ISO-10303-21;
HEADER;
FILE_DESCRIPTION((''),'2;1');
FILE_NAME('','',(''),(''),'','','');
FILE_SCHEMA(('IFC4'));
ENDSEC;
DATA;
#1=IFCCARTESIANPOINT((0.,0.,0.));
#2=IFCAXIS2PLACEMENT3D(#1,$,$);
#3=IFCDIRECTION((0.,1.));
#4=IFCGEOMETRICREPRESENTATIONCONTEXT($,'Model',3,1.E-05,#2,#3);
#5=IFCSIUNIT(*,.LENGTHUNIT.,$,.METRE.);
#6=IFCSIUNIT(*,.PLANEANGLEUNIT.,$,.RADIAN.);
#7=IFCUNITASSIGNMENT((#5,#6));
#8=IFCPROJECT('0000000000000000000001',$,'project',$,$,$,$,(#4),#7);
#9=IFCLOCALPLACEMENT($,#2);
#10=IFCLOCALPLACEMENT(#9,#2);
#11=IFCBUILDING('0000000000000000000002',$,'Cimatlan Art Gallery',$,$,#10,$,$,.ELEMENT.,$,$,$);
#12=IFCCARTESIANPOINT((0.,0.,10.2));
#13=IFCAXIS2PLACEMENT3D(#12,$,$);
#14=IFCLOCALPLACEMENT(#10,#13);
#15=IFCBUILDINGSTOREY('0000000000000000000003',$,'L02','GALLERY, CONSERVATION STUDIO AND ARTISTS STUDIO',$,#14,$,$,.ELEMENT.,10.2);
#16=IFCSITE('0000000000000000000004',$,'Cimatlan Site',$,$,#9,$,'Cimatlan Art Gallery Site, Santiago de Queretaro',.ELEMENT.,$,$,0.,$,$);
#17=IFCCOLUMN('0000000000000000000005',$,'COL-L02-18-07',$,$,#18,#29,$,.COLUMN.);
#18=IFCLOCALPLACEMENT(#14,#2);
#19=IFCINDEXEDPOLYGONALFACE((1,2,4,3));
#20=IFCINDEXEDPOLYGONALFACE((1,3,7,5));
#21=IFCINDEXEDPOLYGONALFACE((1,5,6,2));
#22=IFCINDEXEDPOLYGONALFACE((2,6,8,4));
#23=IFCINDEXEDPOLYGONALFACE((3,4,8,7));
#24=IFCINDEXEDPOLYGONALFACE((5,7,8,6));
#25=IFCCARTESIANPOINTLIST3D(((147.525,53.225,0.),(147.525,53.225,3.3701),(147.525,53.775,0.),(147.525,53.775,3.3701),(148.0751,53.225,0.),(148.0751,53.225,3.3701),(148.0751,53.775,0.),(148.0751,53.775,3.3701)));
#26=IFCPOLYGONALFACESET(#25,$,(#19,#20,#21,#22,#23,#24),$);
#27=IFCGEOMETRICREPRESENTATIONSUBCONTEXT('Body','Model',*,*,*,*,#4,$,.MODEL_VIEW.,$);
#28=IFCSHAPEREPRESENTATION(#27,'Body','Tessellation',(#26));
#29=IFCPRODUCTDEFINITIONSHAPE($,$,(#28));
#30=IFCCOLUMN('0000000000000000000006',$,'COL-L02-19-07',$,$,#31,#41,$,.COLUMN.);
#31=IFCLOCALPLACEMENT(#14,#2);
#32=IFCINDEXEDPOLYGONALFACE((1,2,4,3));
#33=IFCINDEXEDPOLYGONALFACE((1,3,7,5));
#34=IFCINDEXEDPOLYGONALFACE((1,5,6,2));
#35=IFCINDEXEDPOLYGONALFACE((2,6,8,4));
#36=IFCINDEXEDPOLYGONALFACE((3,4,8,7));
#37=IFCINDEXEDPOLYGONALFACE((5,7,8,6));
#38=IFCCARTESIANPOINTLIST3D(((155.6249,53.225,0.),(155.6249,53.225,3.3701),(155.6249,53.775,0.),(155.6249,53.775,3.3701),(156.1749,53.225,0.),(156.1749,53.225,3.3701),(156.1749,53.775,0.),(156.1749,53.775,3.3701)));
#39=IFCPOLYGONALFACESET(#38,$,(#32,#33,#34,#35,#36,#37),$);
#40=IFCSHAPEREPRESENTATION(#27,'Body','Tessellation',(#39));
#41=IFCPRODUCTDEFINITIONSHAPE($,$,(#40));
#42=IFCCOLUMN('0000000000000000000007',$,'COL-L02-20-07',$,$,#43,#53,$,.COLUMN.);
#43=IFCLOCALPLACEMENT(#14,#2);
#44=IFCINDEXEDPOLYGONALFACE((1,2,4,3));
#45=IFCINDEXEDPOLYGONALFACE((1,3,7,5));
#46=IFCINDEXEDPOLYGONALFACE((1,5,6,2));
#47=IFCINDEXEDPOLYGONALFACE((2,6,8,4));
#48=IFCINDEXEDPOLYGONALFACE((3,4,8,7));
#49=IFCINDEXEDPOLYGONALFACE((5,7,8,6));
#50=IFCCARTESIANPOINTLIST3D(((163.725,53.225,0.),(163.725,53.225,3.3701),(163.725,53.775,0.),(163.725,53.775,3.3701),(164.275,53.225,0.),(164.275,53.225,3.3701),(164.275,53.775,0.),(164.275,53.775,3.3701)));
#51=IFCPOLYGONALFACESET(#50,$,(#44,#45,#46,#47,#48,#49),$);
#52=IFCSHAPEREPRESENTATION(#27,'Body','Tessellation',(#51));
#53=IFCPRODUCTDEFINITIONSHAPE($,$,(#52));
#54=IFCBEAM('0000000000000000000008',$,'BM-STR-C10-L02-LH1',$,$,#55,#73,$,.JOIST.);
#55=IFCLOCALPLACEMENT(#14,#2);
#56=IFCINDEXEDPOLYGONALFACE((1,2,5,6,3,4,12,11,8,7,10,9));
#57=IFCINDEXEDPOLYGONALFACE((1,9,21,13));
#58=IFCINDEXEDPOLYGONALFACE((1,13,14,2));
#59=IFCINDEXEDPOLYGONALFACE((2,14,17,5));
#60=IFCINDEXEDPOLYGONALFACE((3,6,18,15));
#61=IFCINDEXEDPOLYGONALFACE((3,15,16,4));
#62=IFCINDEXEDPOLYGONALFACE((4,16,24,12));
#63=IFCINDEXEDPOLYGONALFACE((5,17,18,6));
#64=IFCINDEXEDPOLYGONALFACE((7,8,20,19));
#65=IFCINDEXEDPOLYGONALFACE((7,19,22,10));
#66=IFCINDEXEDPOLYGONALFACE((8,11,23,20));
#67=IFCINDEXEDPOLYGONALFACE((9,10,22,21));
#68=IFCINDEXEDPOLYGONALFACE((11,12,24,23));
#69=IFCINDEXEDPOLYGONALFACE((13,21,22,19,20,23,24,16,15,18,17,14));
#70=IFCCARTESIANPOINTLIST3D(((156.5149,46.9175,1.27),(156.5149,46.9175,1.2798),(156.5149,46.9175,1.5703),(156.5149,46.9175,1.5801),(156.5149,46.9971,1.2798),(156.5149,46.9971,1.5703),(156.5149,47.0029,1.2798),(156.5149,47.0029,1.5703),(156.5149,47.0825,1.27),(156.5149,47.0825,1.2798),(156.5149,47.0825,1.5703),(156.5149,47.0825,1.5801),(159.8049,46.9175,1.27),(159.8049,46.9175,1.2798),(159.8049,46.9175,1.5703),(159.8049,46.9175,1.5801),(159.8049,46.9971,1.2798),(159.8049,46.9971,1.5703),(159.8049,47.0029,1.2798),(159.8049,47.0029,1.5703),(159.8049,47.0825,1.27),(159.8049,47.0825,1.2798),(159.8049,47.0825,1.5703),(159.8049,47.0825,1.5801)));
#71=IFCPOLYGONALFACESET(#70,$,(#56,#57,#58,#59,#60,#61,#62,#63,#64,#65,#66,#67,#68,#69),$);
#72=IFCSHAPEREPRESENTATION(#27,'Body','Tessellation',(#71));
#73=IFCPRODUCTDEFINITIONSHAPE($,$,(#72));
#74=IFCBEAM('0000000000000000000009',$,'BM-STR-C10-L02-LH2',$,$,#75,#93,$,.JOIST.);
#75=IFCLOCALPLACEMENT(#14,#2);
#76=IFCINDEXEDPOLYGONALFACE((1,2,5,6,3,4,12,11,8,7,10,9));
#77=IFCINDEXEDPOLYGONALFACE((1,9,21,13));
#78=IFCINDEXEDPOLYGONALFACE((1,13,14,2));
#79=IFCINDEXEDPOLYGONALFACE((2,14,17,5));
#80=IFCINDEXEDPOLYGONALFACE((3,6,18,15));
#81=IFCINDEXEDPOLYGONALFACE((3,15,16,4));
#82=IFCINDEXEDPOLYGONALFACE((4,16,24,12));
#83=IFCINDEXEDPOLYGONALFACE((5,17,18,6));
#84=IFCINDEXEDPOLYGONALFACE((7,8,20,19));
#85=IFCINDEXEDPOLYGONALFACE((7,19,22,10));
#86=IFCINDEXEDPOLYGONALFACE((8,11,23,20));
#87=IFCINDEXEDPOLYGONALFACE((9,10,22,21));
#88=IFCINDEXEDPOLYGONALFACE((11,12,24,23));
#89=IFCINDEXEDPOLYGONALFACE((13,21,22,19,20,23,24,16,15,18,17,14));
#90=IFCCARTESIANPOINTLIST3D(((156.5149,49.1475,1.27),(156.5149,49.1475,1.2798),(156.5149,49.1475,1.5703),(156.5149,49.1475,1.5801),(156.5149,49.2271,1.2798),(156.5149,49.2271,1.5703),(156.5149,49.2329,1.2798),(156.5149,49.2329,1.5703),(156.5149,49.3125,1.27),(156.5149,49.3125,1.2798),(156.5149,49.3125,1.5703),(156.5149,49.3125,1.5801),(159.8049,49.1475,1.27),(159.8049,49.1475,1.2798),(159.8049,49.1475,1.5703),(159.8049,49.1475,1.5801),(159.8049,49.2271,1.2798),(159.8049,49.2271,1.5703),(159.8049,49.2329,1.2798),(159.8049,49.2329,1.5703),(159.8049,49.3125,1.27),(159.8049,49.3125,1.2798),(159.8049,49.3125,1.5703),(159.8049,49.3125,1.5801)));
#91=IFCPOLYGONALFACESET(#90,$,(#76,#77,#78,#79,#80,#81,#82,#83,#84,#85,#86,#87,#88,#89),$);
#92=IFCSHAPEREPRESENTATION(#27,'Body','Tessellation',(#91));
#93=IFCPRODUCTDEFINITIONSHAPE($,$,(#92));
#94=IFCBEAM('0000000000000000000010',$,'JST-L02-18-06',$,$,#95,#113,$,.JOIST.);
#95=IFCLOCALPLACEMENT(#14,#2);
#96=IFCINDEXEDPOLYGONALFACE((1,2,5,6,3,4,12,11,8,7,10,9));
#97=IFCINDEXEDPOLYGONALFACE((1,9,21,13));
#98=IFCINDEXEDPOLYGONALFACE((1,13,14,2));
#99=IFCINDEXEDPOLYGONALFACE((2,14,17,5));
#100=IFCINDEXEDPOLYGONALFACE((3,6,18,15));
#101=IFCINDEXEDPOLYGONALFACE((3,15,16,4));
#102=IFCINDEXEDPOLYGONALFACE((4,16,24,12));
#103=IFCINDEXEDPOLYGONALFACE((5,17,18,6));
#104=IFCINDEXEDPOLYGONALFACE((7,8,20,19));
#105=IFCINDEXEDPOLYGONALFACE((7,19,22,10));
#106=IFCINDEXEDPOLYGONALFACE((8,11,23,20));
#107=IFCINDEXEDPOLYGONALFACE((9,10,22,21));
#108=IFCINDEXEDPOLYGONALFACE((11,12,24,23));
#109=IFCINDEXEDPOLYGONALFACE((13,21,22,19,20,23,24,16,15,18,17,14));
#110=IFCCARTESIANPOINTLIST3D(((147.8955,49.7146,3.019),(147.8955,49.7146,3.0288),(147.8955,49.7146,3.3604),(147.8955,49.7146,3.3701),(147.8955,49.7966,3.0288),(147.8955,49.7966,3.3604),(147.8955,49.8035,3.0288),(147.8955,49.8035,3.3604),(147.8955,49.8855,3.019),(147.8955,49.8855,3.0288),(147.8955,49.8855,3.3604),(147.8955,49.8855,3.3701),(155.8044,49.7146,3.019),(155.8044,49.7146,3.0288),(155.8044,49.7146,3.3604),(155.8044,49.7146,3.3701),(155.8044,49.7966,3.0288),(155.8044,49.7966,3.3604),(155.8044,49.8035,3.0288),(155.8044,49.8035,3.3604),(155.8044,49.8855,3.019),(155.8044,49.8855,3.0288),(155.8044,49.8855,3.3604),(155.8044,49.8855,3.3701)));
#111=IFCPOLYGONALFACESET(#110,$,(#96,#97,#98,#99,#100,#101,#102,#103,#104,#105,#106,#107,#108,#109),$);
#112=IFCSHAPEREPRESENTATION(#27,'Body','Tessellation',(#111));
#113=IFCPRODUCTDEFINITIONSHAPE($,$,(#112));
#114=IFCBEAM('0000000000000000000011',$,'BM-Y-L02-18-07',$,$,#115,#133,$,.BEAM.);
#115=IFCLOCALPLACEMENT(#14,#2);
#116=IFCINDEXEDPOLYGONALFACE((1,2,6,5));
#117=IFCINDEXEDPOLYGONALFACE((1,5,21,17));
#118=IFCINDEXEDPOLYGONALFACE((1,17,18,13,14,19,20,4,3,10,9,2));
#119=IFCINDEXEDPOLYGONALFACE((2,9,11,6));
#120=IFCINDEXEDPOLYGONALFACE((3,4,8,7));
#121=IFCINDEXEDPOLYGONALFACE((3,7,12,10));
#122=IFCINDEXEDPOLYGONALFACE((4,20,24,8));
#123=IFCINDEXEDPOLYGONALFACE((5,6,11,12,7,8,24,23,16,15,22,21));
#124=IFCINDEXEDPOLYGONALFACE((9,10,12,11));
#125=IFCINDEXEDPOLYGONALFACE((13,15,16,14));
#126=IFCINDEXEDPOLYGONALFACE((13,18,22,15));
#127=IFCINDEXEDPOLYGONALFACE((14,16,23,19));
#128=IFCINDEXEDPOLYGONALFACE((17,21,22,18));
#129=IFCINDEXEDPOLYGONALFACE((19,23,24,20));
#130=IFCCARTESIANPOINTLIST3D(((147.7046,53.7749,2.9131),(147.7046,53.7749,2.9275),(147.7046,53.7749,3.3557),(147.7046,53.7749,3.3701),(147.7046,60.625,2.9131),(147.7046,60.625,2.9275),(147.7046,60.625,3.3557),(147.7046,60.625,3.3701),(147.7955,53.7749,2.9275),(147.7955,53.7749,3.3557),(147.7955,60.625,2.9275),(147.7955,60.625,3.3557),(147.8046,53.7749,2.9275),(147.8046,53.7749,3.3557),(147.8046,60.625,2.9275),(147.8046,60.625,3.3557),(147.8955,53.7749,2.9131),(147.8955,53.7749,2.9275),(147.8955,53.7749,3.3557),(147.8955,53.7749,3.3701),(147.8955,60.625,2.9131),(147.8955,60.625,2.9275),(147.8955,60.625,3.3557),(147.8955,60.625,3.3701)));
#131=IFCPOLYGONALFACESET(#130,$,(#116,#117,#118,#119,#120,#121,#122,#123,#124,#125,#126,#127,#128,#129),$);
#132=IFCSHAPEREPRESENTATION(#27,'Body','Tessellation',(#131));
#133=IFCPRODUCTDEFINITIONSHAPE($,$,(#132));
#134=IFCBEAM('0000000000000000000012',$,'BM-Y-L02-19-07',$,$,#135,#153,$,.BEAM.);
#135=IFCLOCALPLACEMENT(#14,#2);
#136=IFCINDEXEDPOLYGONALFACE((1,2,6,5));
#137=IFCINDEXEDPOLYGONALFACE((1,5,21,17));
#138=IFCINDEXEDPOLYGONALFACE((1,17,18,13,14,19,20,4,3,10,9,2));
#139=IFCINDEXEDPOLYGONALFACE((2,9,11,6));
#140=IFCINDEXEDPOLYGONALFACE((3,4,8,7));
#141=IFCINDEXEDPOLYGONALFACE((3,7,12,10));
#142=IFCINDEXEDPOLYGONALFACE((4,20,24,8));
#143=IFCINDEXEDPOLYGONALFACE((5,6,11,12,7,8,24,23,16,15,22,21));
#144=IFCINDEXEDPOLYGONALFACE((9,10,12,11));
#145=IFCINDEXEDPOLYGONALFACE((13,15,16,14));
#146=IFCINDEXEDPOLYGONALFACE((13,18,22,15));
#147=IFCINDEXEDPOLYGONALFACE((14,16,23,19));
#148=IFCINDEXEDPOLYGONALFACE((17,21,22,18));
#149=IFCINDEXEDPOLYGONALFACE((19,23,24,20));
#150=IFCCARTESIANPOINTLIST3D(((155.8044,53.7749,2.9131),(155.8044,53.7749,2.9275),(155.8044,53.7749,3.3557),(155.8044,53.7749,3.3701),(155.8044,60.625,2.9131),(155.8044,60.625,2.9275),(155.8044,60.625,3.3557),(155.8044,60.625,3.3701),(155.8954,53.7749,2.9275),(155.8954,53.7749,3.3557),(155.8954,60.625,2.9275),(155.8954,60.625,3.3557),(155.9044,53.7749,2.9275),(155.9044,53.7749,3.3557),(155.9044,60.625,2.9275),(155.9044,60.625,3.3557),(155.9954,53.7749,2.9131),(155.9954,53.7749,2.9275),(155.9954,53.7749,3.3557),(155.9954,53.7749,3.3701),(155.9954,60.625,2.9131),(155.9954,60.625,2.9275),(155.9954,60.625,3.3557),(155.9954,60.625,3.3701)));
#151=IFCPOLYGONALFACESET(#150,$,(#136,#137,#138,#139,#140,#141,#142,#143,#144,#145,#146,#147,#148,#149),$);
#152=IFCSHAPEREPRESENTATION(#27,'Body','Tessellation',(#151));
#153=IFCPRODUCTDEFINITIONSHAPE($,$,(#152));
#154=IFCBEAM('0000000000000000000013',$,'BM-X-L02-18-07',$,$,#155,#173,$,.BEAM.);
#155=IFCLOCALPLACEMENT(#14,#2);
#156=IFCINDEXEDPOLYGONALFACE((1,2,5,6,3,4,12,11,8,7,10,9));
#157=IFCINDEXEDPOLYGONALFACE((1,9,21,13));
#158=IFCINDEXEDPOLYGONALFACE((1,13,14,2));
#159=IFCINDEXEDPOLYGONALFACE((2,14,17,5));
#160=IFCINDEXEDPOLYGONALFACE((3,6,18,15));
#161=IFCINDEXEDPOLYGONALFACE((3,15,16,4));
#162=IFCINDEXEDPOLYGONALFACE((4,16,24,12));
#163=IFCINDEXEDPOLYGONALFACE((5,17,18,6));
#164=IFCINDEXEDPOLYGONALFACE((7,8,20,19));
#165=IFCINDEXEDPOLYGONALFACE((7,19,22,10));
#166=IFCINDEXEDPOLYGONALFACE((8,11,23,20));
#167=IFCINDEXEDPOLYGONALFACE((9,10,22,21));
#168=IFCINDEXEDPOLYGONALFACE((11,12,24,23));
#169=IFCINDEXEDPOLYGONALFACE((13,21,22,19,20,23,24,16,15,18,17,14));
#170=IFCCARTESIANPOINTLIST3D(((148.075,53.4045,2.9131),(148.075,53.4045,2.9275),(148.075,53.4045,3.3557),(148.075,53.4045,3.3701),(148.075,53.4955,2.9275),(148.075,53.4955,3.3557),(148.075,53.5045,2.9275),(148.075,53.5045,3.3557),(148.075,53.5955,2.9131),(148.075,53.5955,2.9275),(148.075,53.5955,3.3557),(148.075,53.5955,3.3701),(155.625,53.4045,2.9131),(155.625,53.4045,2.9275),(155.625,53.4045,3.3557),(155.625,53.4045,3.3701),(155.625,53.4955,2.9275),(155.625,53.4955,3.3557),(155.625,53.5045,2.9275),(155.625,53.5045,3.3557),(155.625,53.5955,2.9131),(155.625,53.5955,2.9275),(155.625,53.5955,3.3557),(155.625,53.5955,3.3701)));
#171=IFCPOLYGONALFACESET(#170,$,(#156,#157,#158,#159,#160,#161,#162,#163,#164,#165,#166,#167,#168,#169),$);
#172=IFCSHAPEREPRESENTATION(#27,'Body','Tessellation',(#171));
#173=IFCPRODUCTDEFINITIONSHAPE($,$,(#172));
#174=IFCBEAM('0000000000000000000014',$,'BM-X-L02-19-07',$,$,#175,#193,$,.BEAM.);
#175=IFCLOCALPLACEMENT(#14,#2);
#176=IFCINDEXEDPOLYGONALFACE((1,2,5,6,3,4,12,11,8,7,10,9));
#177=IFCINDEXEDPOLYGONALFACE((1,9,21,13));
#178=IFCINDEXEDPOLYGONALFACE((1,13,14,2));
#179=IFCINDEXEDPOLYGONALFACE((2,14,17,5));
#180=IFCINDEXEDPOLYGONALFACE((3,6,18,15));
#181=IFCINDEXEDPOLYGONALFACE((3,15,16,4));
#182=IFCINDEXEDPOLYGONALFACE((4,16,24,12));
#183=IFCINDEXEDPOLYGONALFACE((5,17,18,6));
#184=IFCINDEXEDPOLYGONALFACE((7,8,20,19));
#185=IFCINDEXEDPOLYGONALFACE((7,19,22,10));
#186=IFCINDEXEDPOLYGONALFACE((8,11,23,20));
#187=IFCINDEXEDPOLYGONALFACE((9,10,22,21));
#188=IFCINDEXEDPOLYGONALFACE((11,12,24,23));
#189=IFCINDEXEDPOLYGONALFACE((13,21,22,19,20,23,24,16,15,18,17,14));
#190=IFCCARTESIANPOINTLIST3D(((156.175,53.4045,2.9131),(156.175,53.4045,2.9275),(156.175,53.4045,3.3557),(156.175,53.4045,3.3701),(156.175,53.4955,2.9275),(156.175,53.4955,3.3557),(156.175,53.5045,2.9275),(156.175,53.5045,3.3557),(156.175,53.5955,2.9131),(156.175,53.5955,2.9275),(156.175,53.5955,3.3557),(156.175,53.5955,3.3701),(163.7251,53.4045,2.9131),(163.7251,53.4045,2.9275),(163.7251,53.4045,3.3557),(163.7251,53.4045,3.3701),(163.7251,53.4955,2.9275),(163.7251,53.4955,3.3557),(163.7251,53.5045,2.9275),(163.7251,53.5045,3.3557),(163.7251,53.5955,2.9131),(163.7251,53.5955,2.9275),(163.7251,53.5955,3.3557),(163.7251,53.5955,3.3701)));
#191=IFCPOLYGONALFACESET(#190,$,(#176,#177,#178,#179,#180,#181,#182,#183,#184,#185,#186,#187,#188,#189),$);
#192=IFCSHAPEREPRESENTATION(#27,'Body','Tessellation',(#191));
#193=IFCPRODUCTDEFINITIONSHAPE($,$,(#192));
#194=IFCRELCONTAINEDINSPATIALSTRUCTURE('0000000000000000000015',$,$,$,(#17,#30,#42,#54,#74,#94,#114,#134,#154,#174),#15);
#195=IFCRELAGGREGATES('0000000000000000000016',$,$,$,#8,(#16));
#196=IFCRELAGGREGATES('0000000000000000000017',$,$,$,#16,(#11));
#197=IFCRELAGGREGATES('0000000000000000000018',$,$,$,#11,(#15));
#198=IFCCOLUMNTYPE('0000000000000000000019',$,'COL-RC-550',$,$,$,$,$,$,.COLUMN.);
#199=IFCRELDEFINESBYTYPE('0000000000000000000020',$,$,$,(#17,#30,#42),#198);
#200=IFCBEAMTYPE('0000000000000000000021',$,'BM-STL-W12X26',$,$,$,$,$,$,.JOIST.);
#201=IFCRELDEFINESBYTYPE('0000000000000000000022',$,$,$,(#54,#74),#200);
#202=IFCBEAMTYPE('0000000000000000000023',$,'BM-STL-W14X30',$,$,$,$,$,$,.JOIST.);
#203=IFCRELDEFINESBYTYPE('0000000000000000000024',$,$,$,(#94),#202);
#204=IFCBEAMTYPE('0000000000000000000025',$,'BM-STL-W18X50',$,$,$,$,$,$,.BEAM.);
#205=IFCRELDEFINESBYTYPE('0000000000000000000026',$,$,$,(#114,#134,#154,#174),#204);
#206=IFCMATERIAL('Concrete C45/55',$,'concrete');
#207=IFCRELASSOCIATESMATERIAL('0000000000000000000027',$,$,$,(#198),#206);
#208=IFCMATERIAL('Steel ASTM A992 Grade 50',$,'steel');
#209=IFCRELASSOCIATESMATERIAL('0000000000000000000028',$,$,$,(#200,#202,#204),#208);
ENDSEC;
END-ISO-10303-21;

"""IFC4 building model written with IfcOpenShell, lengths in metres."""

from ifc_helpers import new_model, si_unit, direction, frame, origin, origin_2d, place, context, subcontext, project, spatial, rectangle, i_section, extrude, material, material_profile, profile_set, type_object, element, save


model = new_model("IFC4")

# Units and contexts
model_context = context("Model", 3, precision=1e-05, world=origin(), true_north=direction((0.0, 1.0)))
body_context = subcontext(model_context, "Body", "Model", "MODEL_VIEW")
ifc_project = project(units=[si_unit("LENGTHUNIT", "METRE"), si_unit("PLANEANGLEUNIT", "RADIAN")], contexts=[model_context])

# Site, building, storey
site_placement = place(None, origin())
site = spatial("IfcSite", under=ifc_project, at=site_placement, Name="Cimatlan Site", LongName="Cimatlan Art Gallery Site, Santiago de Queretaro", CompositionType="ELEMENT", RefElevation=0.0)
building_placement = place(site_placement, origin())
building = spatial("IfcBuilding", under=site, at=building_placement, Name="Cimatlan Art Gallery", CompositionType="ELEMENT")
storey_placement = place(building_placement, frame((0.0, 0.0, 10.2)))
storey = spatial("IfcBuildingStorey", under=building, at=storey_placement, Name="L02", Description="GALLERY, CONSERVATION STUDIO AND ARTISTS STUDIO", CompositionType="ELEMENT", Elevation=10.2)

# Columns
ifc_material_1 = material(Name="Concrete C45/55", Category="concrete")
ifc_material_profile_1 = material_profile(ifc_material_1, rectangle(XDim=0.55, YDim=0.55, at=origin_2d()), Name="RC550X550")
ifc_profile_set_1 = profile_set([ifc_material_profile_1], Name="Concrete C45/55")
column_type = type_object("IfcColumnType", Name="COL-RC-550", PredefinedType="COLUMN", material=ifc_profile_set_1)
for number, where, z_axis, x_axis, name in (
    (1, (147.8, 53.5, 0.0), (0.0, 0.0, 1.0), (1.0, 0.0, 0.0), "COL-L02-18-07"),
    (2, (155.8999, 53.5, 0.0), (0.0, 0.0, 1.0), (1.0, 0.0, 0.0), "COL-L02-19-07"),
    (3, (164.0, 53.5, 0.0), (0.0, 0.0, 1.0), (1.0, 0.0, 0.0), "COL-L02-20-07"),
):
    element("IfcColumn", number, at=place(storey_placement, frame(where, z_axis=z_axis, x_axis=x_axis)), inside=storey, type_object=column_type, Name=name, PredefinedType="COLUMN", context=body_context, shape_type="SweptSolid", body=[
        extrude(rectangle(XDim=0.55, YDim=0.55, at=origin_2d()), origin(), (0.0, 0.0, 1.0), 3.3701),
    ])

# Beams
ifc_material_2 = material(Name="Steel ASTM A992 Grade 50", Category="steel")
ifc_material_profile_2 = material_profile(ifc_material_2, i_section(OverallWidth=0.165, OverallDepth=0.3101, WebThickness=0.0059, FlangeThickness=0.0098, at=origin_2d()), Name="W12X26")
ifc_profile_set_2 = profile_set([ifc_material_profile_2], Name="Steel ASTM A992 Grade 50")
beam_type_1 = type_object("IfcBeamType", Name="BM-STL-W12X26", PredefinedType="JOIST", material=ifc_profile_set_2)
for number, where, z_axis, x_axis, name in (
    (4, (156.5149, 47.0, 1.425), (1.0, 0.0, 0.0), (0.0, 1.0, 0.0), "BM-STR-C10-L02-LH1"),
    (5, (156.5149, 49.23, 1.425), (1.0, 0.0, 0.0), (0.0, 1.0, 0.0), "BM-STR-C10-L02-LH2"),
):
    element("IfcBeam", number, at=place(storey_placement, frame(where, z_axis=z_axis, x_axis=x_axis)), inside=storey, type_object=beam_type_1, Name=name, PredefinedType="JOIST", context=body_context, shape_type="SweptSolid", body=[
        extrude(i_section(OverallWidth=0.165, OverallDepth=0.3101, WebThickness=0.0059, FlangeThickness=0.0098, at=origin_2d()), origin(), (0.0, 0.0, 1.0), 3.29),
    ])
ifc_material_profile_3 = material_profile(ifc_material_2, i_section(OverallWidth=0.1709, OverallDepth=0.3511, WebThickness=0.0068, FlangeThickness=0.0098, at=origin_2d()), Name="W14X30")
ifc_profile_set_3 = profile_set([ifc_material_profile_3], Name="Steel ASTM A992 Grade 50")
beam_type_2 = type_object("IfcBeamType", Name="BM-STL-W14X30", PredefinedType="JOIST", material=ifc_profile_set_3)
beam_placement = place(storey_placement, frame((147.8955, 49.8, 3.1946), z_axis=(1.0, 0.0, 0.0), x_axis=(0.0, 1.0, 0.0)))
element("IfcBeam", 6, at=beam_placement, inside=storey, type_object=beam_type_2, Name="JST-L02-18-06", PredefinedType="JOIST", context=body_context, shape_type="SweptSolid", body=[
    extrude(i_section(OverallWidth=0.1709, OverallDepth=0.3511, WebThickness=0.0068, FlangeThickness=0.0098, at=origin_2d()), origin(), (0.0, 0.0, 1.0), 7.9089),
])
ifc_material_profile_4 = material_profile(ifc_material_2, i_section(OverallWidth=0.1909, OverallDepth=0.457, WebThickness=0.009, FlangeThickness=0.0144, at=origin_2d()), Name="W18X50")
ifc_profile_set_4 = profile_set([ifc_material_profile_4], Name="Steel ASTM A992 Grade 50")
beam_type_3 = type_object("IfcBeamType", Name="BM-STL-W18X50", PredefinedType="BEAM", material=ifc_profile_set_4)
for number, where, z_axis, x_axis, name in (
    (7, (147.8, 53.7749, 3.1416), (0.0, 1.0, 0.0), (-1.0, 0.0, 0.0), "BM-Y-L02-18-07"),
    (8, (155.8999, 53.7749, 3.1416), (0.0, 1.0, 0.0), (-1.0, 0.0, 0.0), "BM-Y-L02-19-07"),
):
    element("IfcBeam", number, at=place(storey_placement, frame(where, z_axis=z_axis, x_axis=x_axis)), inside=storey, type_object=beam_type_3, Name=name, PredefinedType="BEAM", context=body_context, shape_type="SweptSolid", body=[
        extrude(i_section(OverallWidth=0.1909, OverallDepth=0.457, WebThickness=0.009, FlangeThickness=0.0144, at=origin_2d()), origin(), (0.0, 0.0, 1.0), 6.8501),
    ])
for number, where, z_axis, x_axis, name in (
    (9, (148.075, 53.5, 3.1416), (1.0, 0.0, 0.0), (0.0, 1.0, 0.0), "BM-X-L02-18-07"),
    (10, (156.175, 53.5, 3.1416), (1.0, 0.0, 0.0), (0.0, 1.0, 0.0), "BM-X-L02-19-07"),
):
    element("IfcBeam", number, at=place(storey_placement, frame(where, z_axis=z_axis, x_axis=x_axis)), inside=storey, type_object=beam_type_3, Name=name, PredefinedType="BEAM", context=body_context, shape_type="SweptSolid", body=[
        extrude(i_section(OverallWidth=0.1909, OverallDepth=0.457, WebThickness=0.009, FlangeThickness=0.0144, at=origin_2d()), origin(), (0.0, 0.0, 1.0), 7.55),
    ])

save(model, "model.ifc")
